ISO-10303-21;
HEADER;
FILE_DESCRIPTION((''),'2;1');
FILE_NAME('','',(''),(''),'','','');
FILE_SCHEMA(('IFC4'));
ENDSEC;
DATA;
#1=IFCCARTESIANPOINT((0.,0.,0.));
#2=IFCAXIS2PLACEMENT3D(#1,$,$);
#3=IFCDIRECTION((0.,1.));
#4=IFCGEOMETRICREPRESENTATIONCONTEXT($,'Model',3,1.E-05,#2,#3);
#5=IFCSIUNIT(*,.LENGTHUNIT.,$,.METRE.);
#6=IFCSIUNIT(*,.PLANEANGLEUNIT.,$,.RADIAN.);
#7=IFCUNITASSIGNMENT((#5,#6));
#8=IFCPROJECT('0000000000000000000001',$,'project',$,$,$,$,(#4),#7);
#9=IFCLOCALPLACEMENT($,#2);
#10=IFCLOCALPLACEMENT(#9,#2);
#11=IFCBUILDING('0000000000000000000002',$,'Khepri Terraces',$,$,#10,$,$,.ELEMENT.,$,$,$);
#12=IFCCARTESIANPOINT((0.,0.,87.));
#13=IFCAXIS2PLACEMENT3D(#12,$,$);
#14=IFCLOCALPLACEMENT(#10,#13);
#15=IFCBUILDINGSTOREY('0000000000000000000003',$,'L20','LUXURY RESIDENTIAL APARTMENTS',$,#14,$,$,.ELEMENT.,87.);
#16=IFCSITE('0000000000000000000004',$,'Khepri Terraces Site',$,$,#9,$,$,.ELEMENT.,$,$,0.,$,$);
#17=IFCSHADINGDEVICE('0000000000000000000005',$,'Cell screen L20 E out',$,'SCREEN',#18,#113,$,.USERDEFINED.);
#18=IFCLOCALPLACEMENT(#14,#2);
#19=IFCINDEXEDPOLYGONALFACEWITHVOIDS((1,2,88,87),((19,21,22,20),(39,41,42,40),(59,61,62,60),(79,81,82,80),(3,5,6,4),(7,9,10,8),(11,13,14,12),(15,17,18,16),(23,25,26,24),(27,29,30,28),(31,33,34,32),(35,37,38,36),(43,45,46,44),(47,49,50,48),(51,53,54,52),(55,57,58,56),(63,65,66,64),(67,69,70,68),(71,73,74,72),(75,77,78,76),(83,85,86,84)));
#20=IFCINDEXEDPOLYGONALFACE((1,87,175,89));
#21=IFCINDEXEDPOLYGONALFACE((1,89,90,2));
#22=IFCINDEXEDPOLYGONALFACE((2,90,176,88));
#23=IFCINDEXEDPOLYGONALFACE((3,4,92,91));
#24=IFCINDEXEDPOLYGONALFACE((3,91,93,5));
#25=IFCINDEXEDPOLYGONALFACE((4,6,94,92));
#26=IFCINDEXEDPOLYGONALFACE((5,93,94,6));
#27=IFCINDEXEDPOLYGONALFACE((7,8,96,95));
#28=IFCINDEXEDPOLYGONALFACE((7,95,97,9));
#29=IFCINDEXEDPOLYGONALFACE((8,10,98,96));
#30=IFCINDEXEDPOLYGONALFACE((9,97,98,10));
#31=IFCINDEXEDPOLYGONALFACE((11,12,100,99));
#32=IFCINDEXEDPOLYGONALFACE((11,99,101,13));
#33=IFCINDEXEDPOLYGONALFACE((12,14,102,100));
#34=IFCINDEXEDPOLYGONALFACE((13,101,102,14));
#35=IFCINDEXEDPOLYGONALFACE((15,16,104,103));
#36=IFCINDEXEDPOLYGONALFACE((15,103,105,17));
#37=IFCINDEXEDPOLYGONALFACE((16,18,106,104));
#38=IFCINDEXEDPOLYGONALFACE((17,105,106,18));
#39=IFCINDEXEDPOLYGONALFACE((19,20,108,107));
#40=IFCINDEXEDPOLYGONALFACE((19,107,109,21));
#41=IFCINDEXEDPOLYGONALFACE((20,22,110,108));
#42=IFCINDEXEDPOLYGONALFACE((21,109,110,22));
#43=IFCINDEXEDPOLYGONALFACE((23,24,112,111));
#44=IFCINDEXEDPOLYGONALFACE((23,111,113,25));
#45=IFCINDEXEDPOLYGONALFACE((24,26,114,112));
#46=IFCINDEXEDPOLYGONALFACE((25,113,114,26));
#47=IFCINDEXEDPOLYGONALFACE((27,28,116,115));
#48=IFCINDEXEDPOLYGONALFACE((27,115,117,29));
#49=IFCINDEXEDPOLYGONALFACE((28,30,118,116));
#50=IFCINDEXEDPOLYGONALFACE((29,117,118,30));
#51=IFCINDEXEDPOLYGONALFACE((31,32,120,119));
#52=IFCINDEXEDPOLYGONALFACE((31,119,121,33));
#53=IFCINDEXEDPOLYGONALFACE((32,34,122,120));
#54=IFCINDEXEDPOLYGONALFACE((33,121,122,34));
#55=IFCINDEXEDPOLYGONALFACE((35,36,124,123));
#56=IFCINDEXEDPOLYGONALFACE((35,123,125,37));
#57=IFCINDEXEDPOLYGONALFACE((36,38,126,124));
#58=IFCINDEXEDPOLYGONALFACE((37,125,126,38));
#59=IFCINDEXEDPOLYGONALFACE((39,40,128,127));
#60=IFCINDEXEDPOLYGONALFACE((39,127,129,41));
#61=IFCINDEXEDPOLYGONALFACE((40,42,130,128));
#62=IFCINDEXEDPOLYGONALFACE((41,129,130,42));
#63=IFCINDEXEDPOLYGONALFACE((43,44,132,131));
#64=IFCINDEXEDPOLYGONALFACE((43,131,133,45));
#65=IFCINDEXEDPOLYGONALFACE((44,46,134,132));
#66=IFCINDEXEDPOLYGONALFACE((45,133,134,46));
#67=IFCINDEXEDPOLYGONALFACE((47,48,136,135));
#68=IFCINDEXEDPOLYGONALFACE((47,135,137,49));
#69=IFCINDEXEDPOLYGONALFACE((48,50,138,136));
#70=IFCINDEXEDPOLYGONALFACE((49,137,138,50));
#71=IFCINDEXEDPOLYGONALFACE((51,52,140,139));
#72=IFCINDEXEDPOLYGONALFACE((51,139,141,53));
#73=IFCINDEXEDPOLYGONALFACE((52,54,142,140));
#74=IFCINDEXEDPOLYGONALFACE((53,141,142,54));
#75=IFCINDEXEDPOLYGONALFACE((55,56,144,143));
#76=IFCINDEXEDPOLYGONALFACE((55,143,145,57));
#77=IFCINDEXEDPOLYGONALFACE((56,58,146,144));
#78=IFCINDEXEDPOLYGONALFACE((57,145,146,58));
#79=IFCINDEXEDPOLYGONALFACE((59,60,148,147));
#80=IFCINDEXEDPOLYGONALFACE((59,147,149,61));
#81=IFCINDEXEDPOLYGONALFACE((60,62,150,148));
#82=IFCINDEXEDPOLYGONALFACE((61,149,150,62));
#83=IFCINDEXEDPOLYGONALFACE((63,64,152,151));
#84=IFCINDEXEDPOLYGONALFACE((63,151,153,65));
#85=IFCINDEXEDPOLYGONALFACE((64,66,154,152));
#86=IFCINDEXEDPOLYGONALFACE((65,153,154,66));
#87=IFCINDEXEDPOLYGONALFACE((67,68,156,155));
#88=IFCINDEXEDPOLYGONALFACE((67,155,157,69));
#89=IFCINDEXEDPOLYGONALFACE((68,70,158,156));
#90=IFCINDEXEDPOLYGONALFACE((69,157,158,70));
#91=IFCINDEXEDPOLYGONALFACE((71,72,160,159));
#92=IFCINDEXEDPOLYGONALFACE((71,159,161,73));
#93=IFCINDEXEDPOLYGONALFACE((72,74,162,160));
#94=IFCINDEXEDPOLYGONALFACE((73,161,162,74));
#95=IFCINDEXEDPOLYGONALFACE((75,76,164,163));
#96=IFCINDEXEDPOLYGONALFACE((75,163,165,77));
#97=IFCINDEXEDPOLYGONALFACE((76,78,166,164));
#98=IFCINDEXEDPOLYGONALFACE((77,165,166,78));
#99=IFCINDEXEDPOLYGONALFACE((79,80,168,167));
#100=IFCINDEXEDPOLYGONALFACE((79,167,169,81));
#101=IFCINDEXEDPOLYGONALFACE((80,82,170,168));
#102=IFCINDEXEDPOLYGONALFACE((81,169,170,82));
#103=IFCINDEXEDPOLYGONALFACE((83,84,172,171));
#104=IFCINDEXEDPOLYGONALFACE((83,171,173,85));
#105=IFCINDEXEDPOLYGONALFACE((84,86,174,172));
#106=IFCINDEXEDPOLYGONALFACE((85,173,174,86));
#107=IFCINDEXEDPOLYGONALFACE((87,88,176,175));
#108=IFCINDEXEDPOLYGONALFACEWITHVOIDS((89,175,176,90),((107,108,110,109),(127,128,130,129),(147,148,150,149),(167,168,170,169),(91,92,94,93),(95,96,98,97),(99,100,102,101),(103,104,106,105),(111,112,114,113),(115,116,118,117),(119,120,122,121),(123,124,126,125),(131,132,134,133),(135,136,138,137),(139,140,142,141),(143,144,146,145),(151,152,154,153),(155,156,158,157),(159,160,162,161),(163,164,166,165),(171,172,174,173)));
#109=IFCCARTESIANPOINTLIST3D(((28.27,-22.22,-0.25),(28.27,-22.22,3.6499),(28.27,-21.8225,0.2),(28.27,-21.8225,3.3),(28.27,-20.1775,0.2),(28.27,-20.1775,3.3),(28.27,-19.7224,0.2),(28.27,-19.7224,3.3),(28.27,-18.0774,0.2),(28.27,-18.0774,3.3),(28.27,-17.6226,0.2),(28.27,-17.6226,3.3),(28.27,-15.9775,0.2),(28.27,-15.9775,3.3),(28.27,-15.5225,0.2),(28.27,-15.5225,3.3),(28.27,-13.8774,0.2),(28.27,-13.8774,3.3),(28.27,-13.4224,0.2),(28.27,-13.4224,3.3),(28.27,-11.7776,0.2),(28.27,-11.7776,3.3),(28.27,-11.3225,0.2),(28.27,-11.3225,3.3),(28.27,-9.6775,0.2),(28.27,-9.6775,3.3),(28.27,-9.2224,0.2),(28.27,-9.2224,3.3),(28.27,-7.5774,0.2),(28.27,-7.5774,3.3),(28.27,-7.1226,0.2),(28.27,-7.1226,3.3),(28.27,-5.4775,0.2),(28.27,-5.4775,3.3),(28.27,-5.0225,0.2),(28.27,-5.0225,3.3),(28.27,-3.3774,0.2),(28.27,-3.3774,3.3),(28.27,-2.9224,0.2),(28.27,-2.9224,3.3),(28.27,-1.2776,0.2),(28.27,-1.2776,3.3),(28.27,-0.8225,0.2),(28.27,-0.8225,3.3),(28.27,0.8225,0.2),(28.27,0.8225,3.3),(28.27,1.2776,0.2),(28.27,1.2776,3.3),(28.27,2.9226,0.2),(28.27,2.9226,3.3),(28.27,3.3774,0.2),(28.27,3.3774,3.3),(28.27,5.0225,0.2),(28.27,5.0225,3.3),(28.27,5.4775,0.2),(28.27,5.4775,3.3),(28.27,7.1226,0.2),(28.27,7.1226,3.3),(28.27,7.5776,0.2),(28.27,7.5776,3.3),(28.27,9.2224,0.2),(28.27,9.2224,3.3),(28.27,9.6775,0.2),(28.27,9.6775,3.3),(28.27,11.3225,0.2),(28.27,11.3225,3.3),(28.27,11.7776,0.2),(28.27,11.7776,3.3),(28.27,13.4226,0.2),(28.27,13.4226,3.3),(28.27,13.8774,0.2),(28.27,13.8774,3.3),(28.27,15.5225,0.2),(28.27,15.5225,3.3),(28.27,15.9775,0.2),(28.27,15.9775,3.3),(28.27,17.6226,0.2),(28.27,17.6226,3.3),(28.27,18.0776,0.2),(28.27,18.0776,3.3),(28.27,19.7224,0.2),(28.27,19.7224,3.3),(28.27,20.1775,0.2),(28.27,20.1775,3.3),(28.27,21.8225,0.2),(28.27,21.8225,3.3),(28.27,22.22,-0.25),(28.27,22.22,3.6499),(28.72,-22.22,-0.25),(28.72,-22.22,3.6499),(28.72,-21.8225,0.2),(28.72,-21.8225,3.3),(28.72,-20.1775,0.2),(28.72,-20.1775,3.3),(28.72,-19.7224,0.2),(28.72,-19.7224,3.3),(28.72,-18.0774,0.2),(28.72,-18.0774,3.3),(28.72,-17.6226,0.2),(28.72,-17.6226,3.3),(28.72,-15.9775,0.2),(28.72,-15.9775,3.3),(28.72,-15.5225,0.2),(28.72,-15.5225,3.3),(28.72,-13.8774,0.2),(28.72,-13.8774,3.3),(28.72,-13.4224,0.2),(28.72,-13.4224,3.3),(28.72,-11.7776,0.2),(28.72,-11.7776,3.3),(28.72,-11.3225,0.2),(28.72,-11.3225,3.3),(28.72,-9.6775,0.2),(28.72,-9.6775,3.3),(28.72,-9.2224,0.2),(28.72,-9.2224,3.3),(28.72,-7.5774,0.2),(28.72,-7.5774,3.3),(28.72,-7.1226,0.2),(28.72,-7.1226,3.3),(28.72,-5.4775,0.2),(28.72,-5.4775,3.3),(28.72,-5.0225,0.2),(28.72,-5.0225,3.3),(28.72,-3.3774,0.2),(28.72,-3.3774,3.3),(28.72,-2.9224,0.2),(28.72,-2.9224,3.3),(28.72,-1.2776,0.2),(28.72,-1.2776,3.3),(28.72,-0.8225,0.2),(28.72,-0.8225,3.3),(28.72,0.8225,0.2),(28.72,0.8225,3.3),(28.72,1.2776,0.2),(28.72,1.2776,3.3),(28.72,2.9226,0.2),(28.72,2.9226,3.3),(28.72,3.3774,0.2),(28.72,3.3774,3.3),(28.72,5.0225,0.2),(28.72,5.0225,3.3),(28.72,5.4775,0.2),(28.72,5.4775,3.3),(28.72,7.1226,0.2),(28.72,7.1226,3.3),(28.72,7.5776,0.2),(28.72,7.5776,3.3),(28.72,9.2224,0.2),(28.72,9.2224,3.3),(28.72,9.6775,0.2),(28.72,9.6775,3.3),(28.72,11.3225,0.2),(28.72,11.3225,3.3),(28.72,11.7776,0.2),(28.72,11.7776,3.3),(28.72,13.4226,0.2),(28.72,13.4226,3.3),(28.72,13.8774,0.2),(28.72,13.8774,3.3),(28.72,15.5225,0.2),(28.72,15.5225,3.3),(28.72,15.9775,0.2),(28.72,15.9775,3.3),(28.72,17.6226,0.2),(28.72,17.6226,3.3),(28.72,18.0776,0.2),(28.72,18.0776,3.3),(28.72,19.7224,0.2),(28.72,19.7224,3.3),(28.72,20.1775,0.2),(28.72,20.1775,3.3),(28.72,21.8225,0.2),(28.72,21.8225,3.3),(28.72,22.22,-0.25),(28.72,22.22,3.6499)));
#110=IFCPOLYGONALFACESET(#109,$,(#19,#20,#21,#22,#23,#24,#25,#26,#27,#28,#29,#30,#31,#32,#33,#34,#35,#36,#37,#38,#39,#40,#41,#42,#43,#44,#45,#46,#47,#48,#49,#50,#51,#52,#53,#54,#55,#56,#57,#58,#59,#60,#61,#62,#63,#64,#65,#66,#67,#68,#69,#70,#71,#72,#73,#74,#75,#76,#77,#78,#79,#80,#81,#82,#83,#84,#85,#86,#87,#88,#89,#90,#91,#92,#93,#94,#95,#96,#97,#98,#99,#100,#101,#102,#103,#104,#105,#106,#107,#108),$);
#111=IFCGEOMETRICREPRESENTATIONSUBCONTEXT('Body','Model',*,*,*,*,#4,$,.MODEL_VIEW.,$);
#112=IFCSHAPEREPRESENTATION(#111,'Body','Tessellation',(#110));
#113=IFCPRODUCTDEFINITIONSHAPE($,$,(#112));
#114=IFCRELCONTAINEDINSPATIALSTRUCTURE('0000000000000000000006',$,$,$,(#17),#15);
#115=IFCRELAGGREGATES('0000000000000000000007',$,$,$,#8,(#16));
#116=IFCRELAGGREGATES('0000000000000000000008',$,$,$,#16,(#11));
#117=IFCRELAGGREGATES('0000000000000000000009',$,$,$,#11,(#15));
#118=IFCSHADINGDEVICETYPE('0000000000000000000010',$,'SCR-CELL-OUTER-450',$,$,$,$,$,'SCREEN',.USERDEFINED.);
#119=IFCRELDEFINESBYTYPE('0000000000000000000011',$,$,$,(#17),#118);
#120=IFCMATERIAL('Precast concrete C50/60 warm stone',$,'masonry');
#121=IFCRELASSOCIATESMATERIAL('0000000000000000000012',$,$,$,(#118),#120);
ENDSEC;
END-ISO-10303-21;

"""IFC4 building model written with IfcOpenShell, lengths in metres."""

from ifc_helpers import new_model, si_unit, direction, frame, origin, place, context, subcontext, project, spatial, polyline, outline, extrude, material, type_object, element, save


model = new_model("IFC4")

# Units and contexts
model_context = context("Model", 3, precision=1e-05, world=origin(), true_north=direction((0.0, 1.0)))
body_context = subcontext(model_context, "Body", "Model", "MODEL_VIEW")
ifc_project = project(units=[si_unit("LENGTHUNIT", "METRE"), si_unit("PLANEANGLEUNIT", "RADIAN")], contexts=[model_context])

# Site, building, storey
site_placement = place(None, origin())
site = spatial("IfcSite", under=ifc_project, at=site_placement, Name="Khepri Terraces Site", CompositionType="ELEMENT", RefElevation=0.0)
building_placement = place(site_placement, origin())
building = spatial("IfcBuilding", under=site, at=building_placement, Name="Khepri Terraces", CompositionType="ELEMENT")
storey_placement = place(building_placement, frame((0.0, 0.0, 87.0)))
storey = spatial("IfcBuildingStorey", under=building, at=storey_placement, Name="L20", Description="LUXURY RESIDENTIAL APARTMENTS", CompositionType="ELEMENT", Elevation=87.0)

# Shared definitions
ifc_material_1 = material(Name="Precast concrete C50/60 warm stone", Category="masonry")

# Shading device
shading_device_type_1 = type_object("IfcShadingDeviceType", Name="SCR-CELL-OUTER-450", ElementType="SCREEN", PredefinedType="USERDEFINED", material=ifc_material_1)
shading_device_1_placement = place(storey_placement, frame((28.27, -22.22, -0.25), z_axis=(1.0, 0.0, 0.0), x_axis=(0.0, 1.0, 0.0)))
element("IfcShadingDevice", 1, at=shading_device_1_placement, inside=storey, type_object=shading_device_type_1, Name="Cell screen L20 E out", ObjectType="SCREEN", PredefinedType="USERDEFINED", context=body_context, shape_type="SweptSolid", body=[
    extrude(outline(polyline([(0.0, 0.0), (44.4399, 0.0), (44.4399, 3.8999), (0.0, 3.8999), (0.0, 0.0)]), holes=[polyline([(0.3975, 0.45), (2.0425, 0.45), (2.0425, 3.55), (0.3975, 3.55), (0.3975, 0.45)]), polyline([(2.4976, 0.45), (4.1426, 0.45), (4.1426, 3.55), (2.4976, 3.55), (2.4976, 0.45)]), polyline([(4.5974, 0.45), (6.2424, 0.45), (6.2424, 3.55), (4.5974, 3.55), (4.5974, 0.45)]), polyline([(6.6975, 0.45), (8.3425, 0.45), (8.3425, 3.55), (6.6975, 3.55), (6.6975, 0.45)]), polyline([(8.7976, 0.45), (10.4424, 0.45), (10.4424, 3.55), (8.7976, 3.55), (8.7976, 0.45)]), polyline([(10.8975, 0.45), (12.5425, 0.45), (12.5425, 3.55), (10.8975, 3.55), (10.8975, 0.45)]), polyline([(12.9976, 0.45), (14.6426, 0.45), (14.6426, 3.55), (12.9976, 3.55), (12.9976, 0.45)]), polyline([(15.0974, 0.45), (16.7424, 0.45), (16.7424, 3.55), (15.0974, 3.55), (15.0974, 0.45)]), polyline([(17.1975, 0.45), (18.8425, 0.45), (18.8425, 3.55), (17.1975, 3.55), (17.1975, 0.45)]), polyline([(19.2976, 0.45), (20.9424, 0.45), (20.9424, 3.55), (19.2976, 3.55), (19.2976, 0.45)]), polyline([(21.3975, 0.45), (23.0425, 0.45), (23.0425, 3.55), (21.3975, 3.55), (21.3975, 0.45)]), polyline([(23.4976, 0.45), (25.1426, 0.45), (25.1426, 3.55), (23.4976, 3.55), (23.4976, 0.45)]), polyline([(25.5974, 0.45), (27.2424, 0.45), (27.2424, 3.55), (25.5974, 3.55), (25.5974, 0.45)]), polyline([(27.6975, 0.45), (29.3425, 0.45), (29.3425, 3.55), (27.6975, 3.55), (27.6975, 0.45)]), polyline([(29.7976, 0.45), (31.4424, 0.45), (31.4424, 3.55), (29.7976, 3.55), (29.7976, 0.45)]), polyline([(31.8975, 0.45), (33.5425, 0.45), (33.5425, 3.55), (31.8975, 3.55), (31.8975, 0.45)]), polyline([(33.9976, 0.45), (35.6426, 0.45), (35.6426, 3.55), (33.9976, 3.55), (33.9976, 0.45)]), polyline([(36.0974, 0.45), (37.7424, 0.45), (37.7424, 3.55), (36.0974, 3.55), (36.0974, 0.45)]), polyline([(38.1975, 0.45), (39.8425, 0.45), (39.8425, 3.55), (38.1975, 3.55), (38.1975, 0.45)]), polyline([(40.2976, 0.45), (41.9424, 0.45), (41.9424, 3.55), (40.2976, 3.55), (40.2976, 0.45)]), polyline([(42.3975, 0.45), (44.0425, 0.45), (44.0425, 3.55), (42.3975, 3.55), (42.3975, 0.45)])]), origin(), (0.0, 0.0, 1.0), 0.45),
])

save(model, "model.ifc")
